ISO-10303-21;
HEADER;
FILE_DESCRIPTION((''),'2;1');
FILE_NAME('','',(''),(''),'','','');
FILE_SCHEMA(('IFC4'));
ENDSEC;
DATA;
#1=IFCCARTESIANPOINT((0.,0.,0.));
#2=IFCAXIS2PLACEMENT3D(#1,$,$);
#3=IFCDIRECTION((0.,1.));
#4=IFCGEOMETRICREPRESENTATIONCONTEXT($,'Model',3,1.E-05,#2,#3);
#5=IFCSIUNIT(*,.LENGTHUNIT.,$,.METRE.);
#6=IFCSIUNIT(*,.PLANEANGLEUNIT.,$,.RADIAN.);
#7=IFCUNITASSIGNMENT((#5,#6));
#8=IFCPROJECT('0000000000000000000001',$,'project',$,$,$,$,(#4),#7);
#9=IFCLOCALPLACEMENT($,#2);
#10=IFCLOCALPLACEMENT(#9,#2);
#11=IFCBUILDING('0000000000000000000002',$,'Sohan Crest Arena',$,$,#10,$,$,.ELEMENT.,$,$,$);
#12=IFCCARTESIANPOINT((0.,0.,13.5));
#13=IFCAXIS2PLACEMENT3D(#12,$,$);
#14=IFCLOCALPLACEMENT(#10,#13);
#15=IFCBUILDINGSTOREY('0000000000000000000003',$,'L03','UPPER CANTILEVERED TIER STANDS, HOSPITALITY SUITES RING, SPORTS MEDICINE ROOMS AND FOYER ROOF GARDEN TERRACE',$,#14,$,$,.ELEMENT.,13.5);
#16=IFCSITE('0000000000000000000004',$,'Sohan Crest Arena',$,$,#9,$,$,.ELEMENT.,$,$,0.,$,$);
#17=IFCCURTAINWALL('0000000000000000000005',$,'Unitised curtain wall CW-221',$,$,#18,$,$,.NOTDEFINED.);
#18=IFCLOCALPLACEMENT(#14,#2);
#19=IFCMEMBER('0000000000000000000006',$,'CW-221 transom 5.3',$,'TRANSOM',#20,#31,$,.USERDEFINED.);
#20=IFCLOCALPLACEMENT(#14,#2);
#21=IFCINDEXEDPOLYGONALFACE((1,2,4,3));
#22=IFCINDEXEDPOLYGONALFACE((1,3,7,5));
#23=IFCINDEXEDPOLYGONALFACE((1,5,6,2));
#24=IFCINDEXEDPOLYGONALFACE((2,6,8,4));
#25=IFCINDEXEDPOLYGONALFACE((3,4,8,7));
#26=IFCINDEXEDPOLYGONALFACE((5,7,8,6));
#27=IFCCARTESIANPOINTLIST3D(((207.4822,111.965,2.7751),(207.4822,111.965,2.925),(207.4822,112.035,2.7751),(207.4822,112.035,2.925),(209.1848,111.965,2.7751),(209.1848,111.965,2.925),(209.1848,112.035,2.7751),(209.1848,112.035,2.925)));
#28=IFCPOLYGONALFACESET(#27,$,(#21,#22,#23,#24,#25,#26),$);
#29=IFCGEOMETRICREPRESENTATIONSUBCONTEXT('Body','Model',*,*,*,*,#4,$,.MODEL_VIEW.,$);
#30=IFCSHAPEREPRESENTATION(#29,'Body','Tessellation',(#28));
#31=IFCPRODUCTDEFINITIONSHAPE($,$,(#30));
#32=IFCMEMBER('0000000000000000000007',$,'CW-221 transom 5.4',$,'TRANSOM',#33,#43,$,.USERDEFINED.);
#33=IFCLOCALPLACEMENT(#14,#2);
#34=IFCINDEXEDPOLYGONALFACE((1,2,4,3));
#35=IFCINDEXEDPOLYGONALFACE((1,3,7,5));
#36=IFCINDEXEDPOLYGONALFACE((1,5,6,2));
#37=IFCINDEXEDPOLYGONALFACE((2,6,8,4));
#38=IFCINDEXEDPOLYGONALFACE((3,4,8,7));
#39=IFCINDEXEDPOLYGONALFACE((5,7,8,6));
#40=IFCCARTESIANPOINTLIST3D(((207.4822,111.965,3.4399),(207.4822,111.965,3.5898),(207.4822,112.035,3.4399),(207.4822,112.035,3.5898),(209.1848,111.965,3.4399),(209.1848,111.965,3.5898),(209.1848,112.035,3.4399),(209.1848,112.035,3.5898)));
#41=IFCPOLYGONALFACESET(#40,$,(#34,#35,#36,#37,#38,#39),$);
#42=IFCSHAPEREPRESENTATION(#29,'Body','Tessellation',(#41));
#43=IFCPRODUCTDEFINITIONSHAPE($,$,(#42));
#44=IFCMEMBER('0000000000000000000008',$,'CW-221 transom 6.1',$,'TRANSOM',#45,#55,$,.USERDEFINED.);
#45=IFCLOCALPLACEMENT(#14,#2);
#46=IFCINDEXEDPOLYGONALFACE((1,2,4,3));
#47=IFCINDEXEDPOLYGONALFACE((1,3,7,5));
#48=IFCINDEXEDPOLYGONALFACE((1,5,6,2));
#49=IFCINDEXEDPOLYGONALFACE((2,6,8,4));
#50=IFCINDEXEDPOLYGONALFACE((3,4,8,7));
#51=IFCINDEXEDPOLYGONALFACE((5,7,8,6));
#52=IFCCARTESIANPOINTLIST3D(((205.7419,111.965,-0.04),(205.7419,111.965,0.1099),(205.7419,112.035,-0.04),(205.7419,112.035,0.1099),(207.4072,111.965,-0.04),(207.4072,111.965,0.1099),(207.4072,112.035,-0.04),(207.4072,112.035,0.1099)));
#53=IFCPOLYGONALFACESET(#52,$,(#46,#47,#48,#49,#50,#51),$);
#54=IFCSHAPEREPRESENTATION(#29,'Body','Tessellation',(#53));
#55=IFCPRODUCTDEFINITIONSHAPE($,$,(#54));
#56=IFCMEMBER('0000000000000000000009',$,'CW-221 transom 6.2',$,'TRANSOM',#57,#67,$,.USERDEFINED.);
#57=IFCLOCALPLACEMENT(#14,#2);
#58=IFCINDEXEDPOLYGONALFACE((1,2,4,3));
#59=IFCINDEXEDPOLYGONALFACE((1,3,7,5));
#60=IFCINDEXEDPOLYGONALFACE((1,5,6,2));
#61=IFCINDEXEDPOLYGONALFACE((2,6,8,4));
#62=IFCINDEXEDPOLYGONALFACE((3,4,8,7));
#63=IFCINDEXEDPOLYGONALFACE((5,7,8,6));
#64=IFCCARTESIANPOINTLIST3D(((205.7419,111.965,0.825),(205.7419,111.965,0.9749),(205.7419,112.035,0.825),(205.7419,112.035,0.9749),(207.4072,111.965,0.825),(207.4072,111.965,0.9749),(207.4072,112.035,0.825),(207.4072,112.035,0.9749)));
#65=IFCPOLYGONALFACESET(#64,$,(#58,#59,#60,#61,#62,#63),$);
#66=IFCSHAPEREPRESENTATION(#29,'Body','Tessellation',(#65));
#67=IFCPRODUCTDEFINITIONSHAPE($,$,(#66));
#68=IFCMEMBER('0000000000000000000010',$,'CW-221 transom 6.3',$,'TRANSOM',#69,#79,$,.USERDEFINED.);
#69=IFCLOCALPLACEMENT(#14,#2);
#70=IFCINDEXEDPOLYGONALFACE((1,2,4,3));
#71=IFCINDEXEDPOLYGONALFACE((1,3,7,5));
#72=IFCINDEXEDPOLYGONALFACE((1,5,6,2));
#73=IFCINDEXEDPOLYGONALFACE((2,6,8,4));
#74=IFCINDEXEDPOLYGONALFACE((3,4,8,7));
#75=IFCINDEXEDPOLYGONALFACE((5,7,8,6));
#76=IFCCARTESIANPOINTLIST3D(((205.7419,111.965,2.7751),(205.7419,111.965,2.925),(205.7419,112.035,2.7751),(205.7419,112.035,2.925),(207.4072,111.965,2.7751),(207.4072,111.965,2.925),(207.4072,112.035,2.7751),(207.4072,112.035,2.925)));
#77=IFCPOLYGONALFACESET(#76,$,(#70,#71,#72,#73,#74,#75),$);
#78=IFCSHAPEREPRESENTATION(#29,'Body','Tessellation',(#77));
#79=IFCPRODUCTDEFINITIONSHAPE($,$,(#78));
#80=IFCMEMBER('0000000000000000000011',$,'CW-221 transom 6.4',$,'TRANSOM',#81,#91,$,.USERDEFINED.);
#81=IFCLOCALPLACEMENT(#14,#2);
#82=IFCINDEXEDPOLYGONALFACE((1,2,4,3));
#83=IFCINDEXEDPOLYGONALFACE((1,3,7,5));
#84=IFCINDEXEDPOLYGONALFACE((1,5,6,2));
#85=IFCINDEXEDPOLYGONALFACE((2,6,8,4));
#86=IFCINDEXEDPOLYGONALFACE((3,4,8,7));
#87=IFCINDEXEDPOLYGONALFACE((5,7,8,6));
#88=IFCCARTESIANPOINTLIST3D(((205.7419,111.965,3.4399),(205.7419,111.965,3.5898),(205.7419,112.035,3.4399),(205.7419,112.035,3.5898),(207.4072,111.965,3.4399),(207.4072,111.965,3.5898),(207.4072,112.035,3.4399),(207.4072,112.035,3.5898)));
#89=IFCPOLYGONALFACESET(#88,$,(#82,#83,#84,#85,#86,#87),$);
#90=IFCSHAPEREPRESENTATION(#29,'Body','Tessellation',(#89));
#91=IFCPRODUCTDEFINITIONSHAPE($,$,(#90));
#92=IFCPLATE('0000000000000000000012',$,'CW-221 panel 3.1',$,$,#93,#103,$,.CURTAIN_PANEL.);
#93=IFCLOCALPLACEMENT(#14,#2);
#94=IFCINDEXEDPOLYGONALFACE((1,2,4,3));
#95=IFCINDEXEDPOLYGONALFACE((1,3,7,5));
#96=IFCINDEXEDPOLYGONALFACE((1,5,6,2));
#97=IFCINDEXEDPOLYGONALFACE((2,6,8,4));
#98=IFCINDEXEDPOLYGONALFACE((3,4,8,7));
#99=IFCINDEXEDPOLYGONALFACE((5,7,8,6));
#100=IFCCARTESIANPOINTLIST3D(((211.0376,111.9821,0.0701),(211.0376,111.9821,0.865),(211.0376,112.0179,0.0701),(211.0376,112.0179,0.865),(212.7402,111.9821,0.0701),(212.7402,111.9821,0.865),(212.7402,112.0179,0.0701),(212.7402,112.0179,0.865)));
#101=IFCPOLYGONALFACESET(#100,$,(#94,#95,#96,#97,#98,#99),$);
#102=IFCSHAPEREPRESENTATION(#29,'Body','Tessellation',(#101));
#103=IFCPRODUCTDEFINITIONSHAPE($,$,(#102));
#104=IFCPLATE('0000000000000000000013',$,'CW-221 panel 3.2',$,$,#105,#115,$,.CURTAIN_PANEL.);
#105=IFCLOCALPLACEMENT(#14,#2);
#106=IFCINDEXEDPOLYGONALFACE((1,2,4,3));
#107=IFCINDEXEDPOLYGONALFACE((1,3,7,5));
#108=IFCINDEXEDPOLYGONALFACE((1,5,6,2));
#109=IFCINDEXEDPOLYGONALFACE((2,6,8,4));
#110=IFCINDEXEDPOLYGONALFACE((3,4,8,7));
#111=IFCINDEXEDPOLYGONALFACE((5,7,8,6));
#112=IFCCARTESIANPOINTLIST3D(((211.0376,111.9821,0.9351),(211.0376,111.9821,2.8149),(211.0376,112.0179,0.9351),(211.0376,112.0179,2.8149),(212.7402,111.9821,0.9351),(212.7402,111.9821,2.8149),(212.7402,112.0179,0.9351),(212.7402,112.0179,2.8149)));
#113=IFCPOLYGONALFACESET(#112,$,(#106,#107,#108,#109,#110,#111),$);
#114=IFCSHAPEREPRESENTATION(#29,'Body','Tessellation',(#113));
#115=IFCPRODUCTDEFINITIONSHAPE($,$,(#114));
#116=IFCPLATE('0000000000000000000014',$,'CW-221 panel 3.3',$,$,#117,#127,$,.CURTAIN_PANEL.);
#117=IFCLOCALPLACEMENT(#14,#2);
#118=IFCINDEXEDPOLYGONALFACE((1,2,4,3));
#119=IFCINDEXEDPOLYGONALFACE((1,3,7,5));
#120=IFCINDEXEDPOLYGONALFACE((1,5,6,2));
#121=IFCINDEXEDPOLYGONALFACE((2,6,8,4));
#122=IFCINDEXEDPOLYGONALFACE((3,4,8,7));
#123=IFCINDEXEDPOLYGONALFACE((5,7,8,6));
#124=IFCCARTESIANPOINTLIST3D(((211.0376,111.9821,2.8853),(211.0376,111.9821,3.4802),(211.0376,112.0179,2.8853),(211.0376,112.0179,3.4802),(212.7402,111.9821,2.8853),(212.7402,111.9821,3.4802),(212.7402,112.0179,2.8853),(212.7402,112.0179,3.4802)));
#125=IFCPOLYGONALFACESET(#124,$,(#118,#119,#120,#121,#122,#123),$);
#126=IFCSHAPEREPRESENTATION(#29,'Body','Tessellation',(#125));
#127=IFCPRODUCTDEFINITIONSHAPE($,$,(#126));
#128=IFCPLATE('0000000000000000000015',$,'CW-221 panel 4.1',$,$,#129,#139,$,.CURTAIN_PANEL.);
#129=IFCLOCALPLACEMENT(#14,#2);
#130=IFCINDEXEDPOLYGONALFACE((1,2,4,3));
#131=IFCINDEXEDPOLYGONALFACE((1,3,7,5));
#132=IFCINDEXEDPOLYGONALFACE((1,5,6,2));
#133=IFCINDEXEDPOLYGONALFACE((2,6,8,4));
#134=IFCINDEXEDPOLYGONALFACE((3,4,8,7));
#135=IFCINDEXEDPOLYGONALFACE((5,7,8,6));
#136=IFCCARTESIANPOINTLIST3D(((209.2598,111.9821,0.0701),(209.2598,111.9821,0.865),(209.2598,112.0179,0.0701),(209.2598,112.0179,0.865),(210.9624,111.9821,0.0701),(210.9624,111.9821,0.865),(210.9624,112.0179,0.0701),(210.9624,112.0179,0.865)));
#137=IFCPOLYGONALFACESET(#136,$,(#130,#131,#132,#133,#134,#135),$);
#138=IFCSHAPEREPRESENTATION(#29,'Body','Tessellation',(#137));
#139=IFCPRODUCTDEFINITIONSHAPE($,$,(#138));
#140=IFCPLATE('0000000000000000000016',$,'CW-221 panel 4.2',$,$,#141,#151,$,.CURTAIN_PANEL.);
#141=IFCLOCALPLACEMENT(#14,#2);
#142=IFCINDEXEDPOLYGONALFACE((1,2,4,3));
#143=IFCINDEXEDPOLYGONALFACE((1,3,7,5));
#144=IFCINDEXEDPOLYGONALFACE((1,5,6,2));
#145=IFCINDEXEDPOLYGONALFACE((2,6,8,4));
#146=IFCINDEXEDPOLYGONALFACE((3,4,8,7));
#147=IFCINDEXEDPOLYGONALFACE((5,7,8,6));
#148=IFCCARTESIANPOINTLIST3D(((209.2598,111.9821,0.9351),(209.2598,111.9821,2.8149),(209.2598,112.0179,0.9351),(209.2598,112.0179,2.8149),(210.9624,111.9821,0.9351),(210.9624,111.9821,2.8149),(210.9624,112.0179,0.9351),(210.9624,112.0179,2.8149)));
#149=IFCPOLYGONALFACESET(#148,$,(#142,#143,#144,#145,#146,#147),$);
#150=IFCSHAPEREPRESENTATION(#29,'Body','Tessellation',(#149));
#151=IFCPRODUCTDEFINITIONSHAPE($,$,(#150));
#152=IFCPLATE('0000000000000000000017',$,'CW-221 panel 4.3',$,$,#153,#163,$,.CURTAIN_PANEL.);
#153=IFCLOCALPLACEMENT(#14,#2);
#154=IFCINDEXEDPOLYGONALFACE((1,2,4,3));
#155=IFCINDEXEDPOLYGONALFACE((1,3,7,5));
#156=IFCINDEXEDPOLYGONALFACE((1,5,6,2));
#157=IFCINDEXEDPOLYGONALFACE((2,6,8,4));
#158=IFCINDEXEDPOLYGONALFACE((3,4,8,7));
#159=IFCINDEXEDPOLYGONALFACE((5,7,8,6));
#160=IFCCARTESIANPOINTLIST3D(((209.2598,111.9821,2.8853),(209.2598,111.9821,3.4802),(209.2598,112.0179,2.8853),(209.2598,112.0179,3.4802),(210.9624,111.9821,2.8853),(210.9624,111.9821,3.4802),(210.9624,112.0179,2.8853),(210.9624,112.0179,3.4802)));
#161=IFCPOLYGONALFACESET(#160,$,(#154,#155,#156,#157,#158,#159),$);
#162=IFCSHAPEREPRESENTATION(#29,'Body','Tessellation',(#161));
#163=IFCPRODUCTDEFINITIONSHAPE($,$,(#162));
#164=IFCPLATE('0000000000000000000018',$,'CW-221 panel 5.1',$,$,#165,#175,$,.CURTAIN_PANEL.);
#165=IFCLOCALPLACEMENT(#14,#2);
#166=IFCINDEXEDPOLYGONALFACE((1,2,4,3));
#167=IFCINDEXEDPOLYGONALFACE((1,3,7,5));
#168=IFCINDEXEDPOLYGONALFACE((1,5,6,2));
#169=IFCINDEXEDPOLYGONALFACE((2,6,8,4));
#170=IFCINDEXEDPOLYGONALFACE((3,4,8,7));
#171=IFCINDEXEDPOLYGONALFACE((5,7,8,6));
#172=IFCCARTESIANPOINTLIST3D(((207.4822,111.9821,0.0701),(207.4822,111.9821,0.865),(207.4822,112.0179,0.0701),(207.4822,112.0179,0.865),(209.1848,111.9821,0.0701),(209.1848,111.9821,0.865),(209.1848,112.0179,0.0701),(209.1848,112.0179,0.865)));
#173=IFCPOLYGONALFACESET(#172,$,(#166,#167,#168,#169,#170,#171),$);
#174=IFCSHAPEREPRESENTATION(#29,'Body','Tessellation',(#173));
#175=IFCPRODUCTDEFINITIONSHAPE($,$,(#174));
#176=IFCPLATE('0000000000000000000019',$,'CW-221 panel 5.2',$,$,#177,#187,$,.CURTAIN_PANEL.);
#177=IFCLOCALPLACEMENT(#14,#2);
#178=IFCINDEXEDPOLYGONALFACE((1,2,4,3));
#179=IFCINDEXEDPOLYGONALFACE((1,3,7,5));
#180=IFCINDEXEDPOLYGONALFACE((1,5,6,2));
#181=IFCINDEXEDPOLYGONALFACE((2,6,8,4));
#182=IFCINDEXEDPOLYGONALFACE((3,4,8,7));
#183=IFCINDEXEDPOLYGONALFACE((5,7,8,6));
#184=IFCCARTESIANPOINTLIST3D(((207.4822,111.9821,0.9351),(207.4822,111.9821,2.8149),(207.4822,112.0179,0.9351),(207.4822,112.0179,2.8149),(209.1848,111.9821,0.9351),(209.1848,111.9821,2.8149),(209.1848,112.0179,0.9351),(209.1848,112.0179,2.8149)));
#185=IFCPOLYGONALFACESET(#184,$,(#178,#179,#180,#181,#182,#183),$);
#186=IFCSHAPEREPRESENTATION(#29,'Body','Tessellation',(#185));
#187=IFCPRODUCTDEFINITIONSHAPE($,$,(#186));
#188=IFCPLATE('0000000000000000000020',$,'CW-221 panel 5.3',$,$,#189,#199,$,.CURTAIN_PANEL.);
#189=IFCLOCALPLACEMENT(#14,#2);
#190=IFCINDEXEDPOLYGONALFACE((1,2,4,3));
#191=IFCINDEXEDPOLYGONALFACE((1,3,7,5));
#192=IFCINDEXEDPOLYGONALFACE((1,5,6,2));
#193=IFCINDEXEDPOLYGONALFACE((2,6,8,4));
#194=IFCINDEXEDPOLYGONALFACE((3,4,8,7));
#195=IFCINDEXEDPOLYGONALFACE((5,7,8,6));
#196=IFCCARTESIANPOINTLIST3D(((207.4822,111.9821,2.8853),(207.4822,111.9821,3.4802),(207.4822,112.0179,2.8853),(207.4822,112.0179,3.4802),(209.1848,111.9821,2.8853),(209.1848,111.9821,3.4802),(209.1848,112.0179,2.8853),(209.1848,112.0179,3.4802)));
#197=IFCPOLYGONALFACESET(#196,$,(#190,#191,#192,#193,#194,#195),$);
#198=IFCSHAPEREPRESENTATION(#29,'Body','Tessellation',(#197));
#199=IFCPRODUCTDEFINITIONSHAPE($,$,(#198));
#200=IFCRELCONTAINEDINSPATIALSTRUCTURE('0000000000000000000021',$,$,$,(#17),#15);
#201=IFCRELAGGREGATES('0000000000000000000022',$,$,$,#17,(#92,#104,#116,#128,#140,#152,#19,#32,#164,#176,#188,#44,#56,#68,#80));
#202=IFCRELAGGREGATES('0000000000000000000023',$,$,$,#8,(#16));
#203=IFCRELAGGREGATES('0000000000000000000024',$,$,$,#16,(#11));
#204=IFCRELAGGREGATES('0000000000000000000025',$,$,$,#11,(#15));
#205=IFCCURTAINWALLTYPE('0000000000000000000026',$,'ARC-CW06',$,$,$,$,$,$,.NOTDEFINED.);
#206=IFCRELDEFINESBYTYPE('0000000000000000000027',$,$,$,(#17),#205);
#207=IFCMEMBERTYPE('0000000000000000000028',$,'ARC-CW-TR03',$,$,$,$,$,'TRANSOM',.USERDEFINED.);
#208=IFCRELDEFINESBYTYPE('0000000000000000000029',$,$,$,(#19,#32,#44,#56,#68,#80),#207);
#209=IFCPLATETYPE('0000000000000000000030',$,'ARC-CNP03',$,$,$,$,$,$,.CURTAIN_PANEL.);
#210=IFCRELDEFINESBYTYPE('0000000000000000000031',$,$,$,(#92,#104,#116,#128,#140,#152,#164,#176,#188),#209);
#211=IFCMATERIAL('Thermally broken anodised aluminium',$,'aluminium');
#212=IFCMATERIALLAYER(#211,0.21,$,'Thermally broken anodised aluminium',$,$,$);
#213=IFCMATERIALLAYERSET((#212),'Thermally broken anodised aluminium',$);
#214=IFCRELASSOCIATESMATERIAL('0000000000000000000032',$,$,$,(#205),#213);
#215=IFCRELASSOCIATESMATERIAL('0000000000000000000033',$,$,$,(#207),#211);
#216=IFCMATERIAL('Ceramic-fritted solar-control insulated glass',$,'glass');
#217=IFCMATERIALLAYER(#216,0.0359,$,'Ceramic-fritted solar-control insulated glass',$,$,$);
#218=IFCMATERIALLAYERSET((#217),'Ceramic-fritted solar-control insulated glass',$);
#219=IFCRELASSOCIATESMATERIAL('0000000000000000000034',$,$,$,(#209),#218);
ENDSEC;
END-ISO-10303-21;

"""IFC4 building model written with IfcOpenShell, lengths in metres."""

from ifc_helpers import new_model, si_unit, direction, frame, origin, origin_2d, place, context, subcontext, project, spatial, rectangle, extrude, material, layer, layer_set, material_profile, profile_set, type_object, element, aggregate, save


model = new_model("IFC4")

# Units and contexts
model_context = context("Model", 3, precision=1e-05, world=origin(), true_north=direction((0.0, 1.0)))
body_context = subcontext(model_context, "Body", "Model", "MODEL_VIEW")
ifc_project = project(units=[si_unit("LENGTHUNIT", "METRE"), si_unit("PLANEANGLEUNIT", "RADIAN")], contexts=[model_context])

# Site, building, storey
site_placement = place(None, origin())
site = spatial("IfcSite", under=ifc_project, at=site_placement, Name="Sohan Crest Arena", CompositionType="ELEMENT", RefElevation=0.0)
building_placement = place(site_placement, origin())
building = spatial("IfcBuilding", under=site, at=building_placement, Name="Sohan Crest Arena", CompositionType="ELEMENT")
storey_placement = place(building_placement, frame((0.0, 0.0, 13.5)))
storey = spatial("IfcBuildingStorey", under=building, at=storey_placement, Name="L03", Description="UPPER CANTILEVERED TIER STANDS, HOSPITALITY SUITES RING, SPORTS MEDICINE ROOMS AND FOYER ROOF GARDEN TERRACE", CompositionType="ELEMENT", Elevation=13.5)

# Curtain wall
ifc_material_1 = material(Name="Thermally broken anodised aluminium", Category="aluminium")
ifc_layer_1 = layer(ifc_material_1, 0.21, Name="Thermally broken anodised aluminium")
ifc_layer_set_1 = layer_set([ifc_layer_1], Name="Thermally broken anodised aluminium")
curtain_wall_type = type_object("IfcCurtainWallType", Name="ARC-CW06", PredefinedType="NOTDEFINED", material=ifc_layer_set_1)
curtain_wall_1_placement = place(storey_placement, origin())
curtain_wall_1 = element("IfcCurtainWall", 1, at=curtain_wall_1_placement, inside=storey, type_object=curtain_wall_type, Name="Unitised curtain wall CW-221", PredefinedType="NOTDEFINED")

# Members
ifc_material_profile_1 = material_profile(ifc_material_1, rectangle(XDim=0.0701, YDim=0.1499, at=origin_2d()), Name="ALU-TRAN 70x150")
ifc_profile_set_1 = profile_set([ifc_material_profile_1], Name="Thermally broken anodised aluminium")
member_type_1 = type_object("IfcMemberType", Name="ARC-CW-TR03", ElementType="TRANSOM", PredefinedType="USERDEFINED", material=ifc_profile_set_1)
member_1_placement = place(storey_placement, frame((209.1848, 112.0, 2.8501), z_axis=(-1.0, 0.0, 0.0), x_axis=(0.0, -1.0, 0.0)))
member_1 = element("IfcMember", 2, at=member_1_placement, type_object=member_type_1, Name="CW-221 transom 5.3", ObjectType="TRANSOM", PredefinedType="USERDEFINED", context=body_context, shape_type="SweptSolid", body=[
    extrude(rectangle(XDim=0.0701, YDim=0.1499, at=origin_2d()), origin(), (0.0, 0.0, 1.0), 1.7026),
])
member_2_placement = place(storey_placement, frame((209.1848, 112.0, 3.5149), z_axis=(-1.0, 0.0, 0.0), x_axis=(0.0, -1.0, 0.0)))
member_2 = element("IfcMember", 3, at=member_2_placement, type_object=member_type_1, Name="CW-221 transom 5.4", ObjectType="TRANSOM", PredefinedType="USERDEFINED", context=body_context, shape_type="SweptSolid", body=[
    extrude(rectangle(XDim=0.0701, YDim=0.1499, at=origin_2d()), origin(), (0.0, 0.0, 1.0), 1.7026),
])
member_3_placement = place(storey_placement, frame((207.4072, 112.0, 0.0349), z_axis=(-1.0, 0.0, 0.0), x_axis=(0.0, -1.0, 0.0)))
member_3 = element("IfcMember", 4, at=member_3_placement, type_object=member_type_1, Name="CW-221 transom 6.1", ObjectType="TRANSOM", PredefinedType="USERDEFINED", context=body_context, shape_type="SweptSolid", body=[
    extrude(rectangle(XDim=0.0701, YDim=0.1499, at=origin_2d()), origin(), (0.0, 0.0, 1.0), 1.6653),
])
member_4_placement = place(storey_placement, frame((207.4072, 112.0, 0.8999), z_axis=(-1.0, 0.0, 0.0), x_axis=(0.0, -1.0, 0.0)))
member_4 = element("IfcMember", 5, at=member_4_placement, type_object=member_type_1, Name="CW-221 transom 6.2", ObjectType="TRANSOM", PredefinedType="USERDEFINED", context=body_context, shape_type="SweptSolid", body=[
    extrude(rectangle(XDim=0.0701, YDim=0.1499, at=origin_2d()), origin(), (0.0, 0.0, 1.0), 1.6653),
])
member_5_placement = place(storey_placement, frame((207.4072, 112.0, 2.8501), z_axis=(-1.0, 0.0, 0.0), x_axis=(0.0, -1.0, 0.0)))
member_5 = element("IfcMember", 6, at=member_5_placement, type_object=member_type_1, Name="CW-221 transom 6.3", ObjectType="TRANSOM", PredefinedType="USERDEFINED", context=body_context, shape_type="SweptSolid", body=[
    extrude(rectangle(XDim=0.0701, YDim=0.1499, at=origin_2d()), origin(), (0.0, 0.0, 1.0), 1.6653),
])
member_6_placement = place(storey_placement, frame((207.4072, 112.0, 3.5149), z_axis=(-1.0, 0.0, 0.0), x_axis=(0.0, -1.0, 0.0)))
member_6 = element("IfcMember", 7, at=member_6_placement, type_object=member_type_1, Name="CW-221 transom 6.4", ObjectType="TRANSOM", PredefinedType="USERDEFINED", context=body_context, shape_type="SweptSolid", body=[
    extrude(rectangle(XDim=0.0701, YDim=0.1499, at=origin_2d()), origin(), (0.0, 0.0, 1.0), 1.6653),
])

# Plates
ifc_material_2 = material(Name="Ceramic-fritted solar-control insulated glass", Category="glass")
ifc_layer_2 = layer(ifc_material_2, 0.0359, Name="Ceramic-fritted solar-control insulated glass")
ifc_layer_set_2 = layer_set([ifc_layer_2], Name="Ceramic-fritted solar-control insulated glass")
plate_type = type_object("IfcPlateType", Name="ARC-CNP03", PredefinedType="CURTAIN_PANEL", material=ifc_layer_set_2)
plate_1_placement = place(storey_placement, frame((211.8889, 112.0, 0.0701), z_axis=(0.0, 0.0, 1.0), x_axis=(-1.0, 0.0, 0.0)))
plate_1 = element("IfcPlate", 8, at=plate_1_placement, type_object=plate_type, Name="CW-221 panel 3.1", PredefinedType="CURTAIN_PANEL", context=body_context, shape_type="SweptSolid", body=[
    extrude(rectangle(XDim=1.7026, YDim=0.0359, at=origin_2d()), origin(), (0.0, 0.0, 1.0), 0.7949),
])
plate_2_placement = place(storey_placement, frame((211.8889, 112.0, 0.9351), z_axis=(0.0, 0.0, 1.0), x_axis=(-1.0, 0.0, 0.0)))
plate_2 = element("IfcPlate", 9, at=plate_2_placement, type_object=plate_type, Name="CW-221 panel 3.2", PredefinedType="CURTAIN_PANEL", context=body_context, shape_type="SweptSolid", body=[
    extrude(rectangle(XDim=1.7026, YDim=0.0359, at=origin_2d()), origin(), (0.0, 0.0, 1.0), 1.8799),
])
plate_3_placement = place(storey_placement, frame((211.8889, 112.0, 2.8853), z_axis=(0.0, 0.0, 1.0), x_axis=(-1.0, 0.0, 0.0)))
plate_3 = element("IfcPlate", 10, at=plate_3_placement, type_object=plate_type, Name="CW-221 panel 3.3", PredefinedType="CURTAIN_PANEL", context=body_context, shape_type="SweptSolid", body=[
    extrude(rectangle(XDim=1.7026, YDim=0.0359, at=origin_2d()), origin(), (0.0, 0.0, 1.0), 0.595),
])
plate_4_placement = place(storey_placement, frame((210.1111, 112.0, 0.0701), z_axis=(0.0, 0.0, 1.0), x_axis=(-1.0, 0.0, 0.0)))
plate_4 = element("IfcPlate", 11, at=plate_4_placement, type_object=plate_type, Name="CW-221 panel 4.1", PredefinedType="CURTAIN_PANEL", context=body_context, shape_type="SweptSolid", body=[
    extrude(rectangle(XDim=1.7026, YDim=0.0359, at=origin_2d()), origin(), (0.0, 0.0, 1.0), 0.7949),
])
plate_5_placement = place(storey_placement, frame((210.1111, 112.0, 0.9351), z_axis=(0.0, 0.0, 1.0), x_axis=(-1.0, 0.0, 0.0)))
plate_5 = element("IfcPlate", 12, at=plate_5_placement, type_object=plate_type, Name="CW-221 panel 4.2", PredefinedType="CURTAIN_PANEL", context=body_context, shape_type="SweptSolid", body=[
    extrude(rectangle(XDim=1.7026, YDim=0.0359, at=origin_2d()), origin(), (0.0, 0.0, 1.0), 1.8799),
])
plate_6_placement = place(storey_placement, frame((210.1111, 112.0, 2.8853), z_axis=(0.0, 0.0, 1.0), x_axis=(-1.0, 0.0, 0.0)))
plate_6 = element("IfcPlate", 13, at=plate_6_placement, type_object=plate_type, Name="CW-221 panel 4.3", PredefinedType="CURTAIN_PANEL", context=body_context, shape_type="SweptSolid", body=[
    extrude(rectangle(XDim=1.7026, YDim=0.0359, at=origin_2d()), origin(), (0.0, 0.0, 1.0), 0.595),
])
plate_7_placement = place(storey_placement, frame((208.3335, 112.0, 0.0701), z_axis=(0.0, 0.0, 1.0), x_axis=(-1.0, 0.0, 0.0)))
plate_7 = element("IfcPlate", 14, at=plate_7_placement, type_object=plate_type, Name="CW-221 panel 5.1", PredefinedType="CURTAIN_PANEL", context=body_context, shape_type="SweptSolid", body=[
    extrude(rectangle(XDim=1.7026, YDim=0.0359, at=origin_2d()), origin(), (0.0, 0.0, 1.0), 0.7949),
])
plate_8_placement = place(storey_placement, frame((208.3335, 112.0, 0.9351), z_axis=(0.0, 0.0, 1.0), x_axis=(-1.0, 0.0, 0.0)))
plate_8 = element("IfcPlate", 15, at=plate_8_placement, type_object=plate_type, Name="CW-221 panel 5.2", PredefinedType="CURTAIN_PANEL", context=body_context, shape_type="SweptSolid", body=[
    extrude(rectangle(XDim=1.7026, YDim=0.0359, at=origin_2d()), origin(), (0.0, 0.0, 1.0), 1.8799),
])
plate_9_placement = place(storey_placement, frame((208.3335, 112.0, 2.8853), z_axis=(0.0, 0.0, 1.0), x_axis=(-1.0, 0.0, 0.0)))
plate_9 = element("IfcPlate", 16, at=plate_9_placement, type_object=plate_type, Name="CW-221 panel 5.3", PredefinedType="CURTAIN_PANEL", context=body_context, shape_type="SweptSolid", body=[
    extrude(rectangle(XDim=1.7026, YDim=0.0359, at=origin_2d()), origin(), (0.0, 0.0, 1.0), 0.595),
])
aggregate(curtain_wall_1, [plate_1, plate_2, plate_3, plate_4, plate_5, plate_6, member_1, member_2, plate_7, plate_8, plate_9, member_3, member_4, member_5, member_6])

save(model, "model.ifc")
